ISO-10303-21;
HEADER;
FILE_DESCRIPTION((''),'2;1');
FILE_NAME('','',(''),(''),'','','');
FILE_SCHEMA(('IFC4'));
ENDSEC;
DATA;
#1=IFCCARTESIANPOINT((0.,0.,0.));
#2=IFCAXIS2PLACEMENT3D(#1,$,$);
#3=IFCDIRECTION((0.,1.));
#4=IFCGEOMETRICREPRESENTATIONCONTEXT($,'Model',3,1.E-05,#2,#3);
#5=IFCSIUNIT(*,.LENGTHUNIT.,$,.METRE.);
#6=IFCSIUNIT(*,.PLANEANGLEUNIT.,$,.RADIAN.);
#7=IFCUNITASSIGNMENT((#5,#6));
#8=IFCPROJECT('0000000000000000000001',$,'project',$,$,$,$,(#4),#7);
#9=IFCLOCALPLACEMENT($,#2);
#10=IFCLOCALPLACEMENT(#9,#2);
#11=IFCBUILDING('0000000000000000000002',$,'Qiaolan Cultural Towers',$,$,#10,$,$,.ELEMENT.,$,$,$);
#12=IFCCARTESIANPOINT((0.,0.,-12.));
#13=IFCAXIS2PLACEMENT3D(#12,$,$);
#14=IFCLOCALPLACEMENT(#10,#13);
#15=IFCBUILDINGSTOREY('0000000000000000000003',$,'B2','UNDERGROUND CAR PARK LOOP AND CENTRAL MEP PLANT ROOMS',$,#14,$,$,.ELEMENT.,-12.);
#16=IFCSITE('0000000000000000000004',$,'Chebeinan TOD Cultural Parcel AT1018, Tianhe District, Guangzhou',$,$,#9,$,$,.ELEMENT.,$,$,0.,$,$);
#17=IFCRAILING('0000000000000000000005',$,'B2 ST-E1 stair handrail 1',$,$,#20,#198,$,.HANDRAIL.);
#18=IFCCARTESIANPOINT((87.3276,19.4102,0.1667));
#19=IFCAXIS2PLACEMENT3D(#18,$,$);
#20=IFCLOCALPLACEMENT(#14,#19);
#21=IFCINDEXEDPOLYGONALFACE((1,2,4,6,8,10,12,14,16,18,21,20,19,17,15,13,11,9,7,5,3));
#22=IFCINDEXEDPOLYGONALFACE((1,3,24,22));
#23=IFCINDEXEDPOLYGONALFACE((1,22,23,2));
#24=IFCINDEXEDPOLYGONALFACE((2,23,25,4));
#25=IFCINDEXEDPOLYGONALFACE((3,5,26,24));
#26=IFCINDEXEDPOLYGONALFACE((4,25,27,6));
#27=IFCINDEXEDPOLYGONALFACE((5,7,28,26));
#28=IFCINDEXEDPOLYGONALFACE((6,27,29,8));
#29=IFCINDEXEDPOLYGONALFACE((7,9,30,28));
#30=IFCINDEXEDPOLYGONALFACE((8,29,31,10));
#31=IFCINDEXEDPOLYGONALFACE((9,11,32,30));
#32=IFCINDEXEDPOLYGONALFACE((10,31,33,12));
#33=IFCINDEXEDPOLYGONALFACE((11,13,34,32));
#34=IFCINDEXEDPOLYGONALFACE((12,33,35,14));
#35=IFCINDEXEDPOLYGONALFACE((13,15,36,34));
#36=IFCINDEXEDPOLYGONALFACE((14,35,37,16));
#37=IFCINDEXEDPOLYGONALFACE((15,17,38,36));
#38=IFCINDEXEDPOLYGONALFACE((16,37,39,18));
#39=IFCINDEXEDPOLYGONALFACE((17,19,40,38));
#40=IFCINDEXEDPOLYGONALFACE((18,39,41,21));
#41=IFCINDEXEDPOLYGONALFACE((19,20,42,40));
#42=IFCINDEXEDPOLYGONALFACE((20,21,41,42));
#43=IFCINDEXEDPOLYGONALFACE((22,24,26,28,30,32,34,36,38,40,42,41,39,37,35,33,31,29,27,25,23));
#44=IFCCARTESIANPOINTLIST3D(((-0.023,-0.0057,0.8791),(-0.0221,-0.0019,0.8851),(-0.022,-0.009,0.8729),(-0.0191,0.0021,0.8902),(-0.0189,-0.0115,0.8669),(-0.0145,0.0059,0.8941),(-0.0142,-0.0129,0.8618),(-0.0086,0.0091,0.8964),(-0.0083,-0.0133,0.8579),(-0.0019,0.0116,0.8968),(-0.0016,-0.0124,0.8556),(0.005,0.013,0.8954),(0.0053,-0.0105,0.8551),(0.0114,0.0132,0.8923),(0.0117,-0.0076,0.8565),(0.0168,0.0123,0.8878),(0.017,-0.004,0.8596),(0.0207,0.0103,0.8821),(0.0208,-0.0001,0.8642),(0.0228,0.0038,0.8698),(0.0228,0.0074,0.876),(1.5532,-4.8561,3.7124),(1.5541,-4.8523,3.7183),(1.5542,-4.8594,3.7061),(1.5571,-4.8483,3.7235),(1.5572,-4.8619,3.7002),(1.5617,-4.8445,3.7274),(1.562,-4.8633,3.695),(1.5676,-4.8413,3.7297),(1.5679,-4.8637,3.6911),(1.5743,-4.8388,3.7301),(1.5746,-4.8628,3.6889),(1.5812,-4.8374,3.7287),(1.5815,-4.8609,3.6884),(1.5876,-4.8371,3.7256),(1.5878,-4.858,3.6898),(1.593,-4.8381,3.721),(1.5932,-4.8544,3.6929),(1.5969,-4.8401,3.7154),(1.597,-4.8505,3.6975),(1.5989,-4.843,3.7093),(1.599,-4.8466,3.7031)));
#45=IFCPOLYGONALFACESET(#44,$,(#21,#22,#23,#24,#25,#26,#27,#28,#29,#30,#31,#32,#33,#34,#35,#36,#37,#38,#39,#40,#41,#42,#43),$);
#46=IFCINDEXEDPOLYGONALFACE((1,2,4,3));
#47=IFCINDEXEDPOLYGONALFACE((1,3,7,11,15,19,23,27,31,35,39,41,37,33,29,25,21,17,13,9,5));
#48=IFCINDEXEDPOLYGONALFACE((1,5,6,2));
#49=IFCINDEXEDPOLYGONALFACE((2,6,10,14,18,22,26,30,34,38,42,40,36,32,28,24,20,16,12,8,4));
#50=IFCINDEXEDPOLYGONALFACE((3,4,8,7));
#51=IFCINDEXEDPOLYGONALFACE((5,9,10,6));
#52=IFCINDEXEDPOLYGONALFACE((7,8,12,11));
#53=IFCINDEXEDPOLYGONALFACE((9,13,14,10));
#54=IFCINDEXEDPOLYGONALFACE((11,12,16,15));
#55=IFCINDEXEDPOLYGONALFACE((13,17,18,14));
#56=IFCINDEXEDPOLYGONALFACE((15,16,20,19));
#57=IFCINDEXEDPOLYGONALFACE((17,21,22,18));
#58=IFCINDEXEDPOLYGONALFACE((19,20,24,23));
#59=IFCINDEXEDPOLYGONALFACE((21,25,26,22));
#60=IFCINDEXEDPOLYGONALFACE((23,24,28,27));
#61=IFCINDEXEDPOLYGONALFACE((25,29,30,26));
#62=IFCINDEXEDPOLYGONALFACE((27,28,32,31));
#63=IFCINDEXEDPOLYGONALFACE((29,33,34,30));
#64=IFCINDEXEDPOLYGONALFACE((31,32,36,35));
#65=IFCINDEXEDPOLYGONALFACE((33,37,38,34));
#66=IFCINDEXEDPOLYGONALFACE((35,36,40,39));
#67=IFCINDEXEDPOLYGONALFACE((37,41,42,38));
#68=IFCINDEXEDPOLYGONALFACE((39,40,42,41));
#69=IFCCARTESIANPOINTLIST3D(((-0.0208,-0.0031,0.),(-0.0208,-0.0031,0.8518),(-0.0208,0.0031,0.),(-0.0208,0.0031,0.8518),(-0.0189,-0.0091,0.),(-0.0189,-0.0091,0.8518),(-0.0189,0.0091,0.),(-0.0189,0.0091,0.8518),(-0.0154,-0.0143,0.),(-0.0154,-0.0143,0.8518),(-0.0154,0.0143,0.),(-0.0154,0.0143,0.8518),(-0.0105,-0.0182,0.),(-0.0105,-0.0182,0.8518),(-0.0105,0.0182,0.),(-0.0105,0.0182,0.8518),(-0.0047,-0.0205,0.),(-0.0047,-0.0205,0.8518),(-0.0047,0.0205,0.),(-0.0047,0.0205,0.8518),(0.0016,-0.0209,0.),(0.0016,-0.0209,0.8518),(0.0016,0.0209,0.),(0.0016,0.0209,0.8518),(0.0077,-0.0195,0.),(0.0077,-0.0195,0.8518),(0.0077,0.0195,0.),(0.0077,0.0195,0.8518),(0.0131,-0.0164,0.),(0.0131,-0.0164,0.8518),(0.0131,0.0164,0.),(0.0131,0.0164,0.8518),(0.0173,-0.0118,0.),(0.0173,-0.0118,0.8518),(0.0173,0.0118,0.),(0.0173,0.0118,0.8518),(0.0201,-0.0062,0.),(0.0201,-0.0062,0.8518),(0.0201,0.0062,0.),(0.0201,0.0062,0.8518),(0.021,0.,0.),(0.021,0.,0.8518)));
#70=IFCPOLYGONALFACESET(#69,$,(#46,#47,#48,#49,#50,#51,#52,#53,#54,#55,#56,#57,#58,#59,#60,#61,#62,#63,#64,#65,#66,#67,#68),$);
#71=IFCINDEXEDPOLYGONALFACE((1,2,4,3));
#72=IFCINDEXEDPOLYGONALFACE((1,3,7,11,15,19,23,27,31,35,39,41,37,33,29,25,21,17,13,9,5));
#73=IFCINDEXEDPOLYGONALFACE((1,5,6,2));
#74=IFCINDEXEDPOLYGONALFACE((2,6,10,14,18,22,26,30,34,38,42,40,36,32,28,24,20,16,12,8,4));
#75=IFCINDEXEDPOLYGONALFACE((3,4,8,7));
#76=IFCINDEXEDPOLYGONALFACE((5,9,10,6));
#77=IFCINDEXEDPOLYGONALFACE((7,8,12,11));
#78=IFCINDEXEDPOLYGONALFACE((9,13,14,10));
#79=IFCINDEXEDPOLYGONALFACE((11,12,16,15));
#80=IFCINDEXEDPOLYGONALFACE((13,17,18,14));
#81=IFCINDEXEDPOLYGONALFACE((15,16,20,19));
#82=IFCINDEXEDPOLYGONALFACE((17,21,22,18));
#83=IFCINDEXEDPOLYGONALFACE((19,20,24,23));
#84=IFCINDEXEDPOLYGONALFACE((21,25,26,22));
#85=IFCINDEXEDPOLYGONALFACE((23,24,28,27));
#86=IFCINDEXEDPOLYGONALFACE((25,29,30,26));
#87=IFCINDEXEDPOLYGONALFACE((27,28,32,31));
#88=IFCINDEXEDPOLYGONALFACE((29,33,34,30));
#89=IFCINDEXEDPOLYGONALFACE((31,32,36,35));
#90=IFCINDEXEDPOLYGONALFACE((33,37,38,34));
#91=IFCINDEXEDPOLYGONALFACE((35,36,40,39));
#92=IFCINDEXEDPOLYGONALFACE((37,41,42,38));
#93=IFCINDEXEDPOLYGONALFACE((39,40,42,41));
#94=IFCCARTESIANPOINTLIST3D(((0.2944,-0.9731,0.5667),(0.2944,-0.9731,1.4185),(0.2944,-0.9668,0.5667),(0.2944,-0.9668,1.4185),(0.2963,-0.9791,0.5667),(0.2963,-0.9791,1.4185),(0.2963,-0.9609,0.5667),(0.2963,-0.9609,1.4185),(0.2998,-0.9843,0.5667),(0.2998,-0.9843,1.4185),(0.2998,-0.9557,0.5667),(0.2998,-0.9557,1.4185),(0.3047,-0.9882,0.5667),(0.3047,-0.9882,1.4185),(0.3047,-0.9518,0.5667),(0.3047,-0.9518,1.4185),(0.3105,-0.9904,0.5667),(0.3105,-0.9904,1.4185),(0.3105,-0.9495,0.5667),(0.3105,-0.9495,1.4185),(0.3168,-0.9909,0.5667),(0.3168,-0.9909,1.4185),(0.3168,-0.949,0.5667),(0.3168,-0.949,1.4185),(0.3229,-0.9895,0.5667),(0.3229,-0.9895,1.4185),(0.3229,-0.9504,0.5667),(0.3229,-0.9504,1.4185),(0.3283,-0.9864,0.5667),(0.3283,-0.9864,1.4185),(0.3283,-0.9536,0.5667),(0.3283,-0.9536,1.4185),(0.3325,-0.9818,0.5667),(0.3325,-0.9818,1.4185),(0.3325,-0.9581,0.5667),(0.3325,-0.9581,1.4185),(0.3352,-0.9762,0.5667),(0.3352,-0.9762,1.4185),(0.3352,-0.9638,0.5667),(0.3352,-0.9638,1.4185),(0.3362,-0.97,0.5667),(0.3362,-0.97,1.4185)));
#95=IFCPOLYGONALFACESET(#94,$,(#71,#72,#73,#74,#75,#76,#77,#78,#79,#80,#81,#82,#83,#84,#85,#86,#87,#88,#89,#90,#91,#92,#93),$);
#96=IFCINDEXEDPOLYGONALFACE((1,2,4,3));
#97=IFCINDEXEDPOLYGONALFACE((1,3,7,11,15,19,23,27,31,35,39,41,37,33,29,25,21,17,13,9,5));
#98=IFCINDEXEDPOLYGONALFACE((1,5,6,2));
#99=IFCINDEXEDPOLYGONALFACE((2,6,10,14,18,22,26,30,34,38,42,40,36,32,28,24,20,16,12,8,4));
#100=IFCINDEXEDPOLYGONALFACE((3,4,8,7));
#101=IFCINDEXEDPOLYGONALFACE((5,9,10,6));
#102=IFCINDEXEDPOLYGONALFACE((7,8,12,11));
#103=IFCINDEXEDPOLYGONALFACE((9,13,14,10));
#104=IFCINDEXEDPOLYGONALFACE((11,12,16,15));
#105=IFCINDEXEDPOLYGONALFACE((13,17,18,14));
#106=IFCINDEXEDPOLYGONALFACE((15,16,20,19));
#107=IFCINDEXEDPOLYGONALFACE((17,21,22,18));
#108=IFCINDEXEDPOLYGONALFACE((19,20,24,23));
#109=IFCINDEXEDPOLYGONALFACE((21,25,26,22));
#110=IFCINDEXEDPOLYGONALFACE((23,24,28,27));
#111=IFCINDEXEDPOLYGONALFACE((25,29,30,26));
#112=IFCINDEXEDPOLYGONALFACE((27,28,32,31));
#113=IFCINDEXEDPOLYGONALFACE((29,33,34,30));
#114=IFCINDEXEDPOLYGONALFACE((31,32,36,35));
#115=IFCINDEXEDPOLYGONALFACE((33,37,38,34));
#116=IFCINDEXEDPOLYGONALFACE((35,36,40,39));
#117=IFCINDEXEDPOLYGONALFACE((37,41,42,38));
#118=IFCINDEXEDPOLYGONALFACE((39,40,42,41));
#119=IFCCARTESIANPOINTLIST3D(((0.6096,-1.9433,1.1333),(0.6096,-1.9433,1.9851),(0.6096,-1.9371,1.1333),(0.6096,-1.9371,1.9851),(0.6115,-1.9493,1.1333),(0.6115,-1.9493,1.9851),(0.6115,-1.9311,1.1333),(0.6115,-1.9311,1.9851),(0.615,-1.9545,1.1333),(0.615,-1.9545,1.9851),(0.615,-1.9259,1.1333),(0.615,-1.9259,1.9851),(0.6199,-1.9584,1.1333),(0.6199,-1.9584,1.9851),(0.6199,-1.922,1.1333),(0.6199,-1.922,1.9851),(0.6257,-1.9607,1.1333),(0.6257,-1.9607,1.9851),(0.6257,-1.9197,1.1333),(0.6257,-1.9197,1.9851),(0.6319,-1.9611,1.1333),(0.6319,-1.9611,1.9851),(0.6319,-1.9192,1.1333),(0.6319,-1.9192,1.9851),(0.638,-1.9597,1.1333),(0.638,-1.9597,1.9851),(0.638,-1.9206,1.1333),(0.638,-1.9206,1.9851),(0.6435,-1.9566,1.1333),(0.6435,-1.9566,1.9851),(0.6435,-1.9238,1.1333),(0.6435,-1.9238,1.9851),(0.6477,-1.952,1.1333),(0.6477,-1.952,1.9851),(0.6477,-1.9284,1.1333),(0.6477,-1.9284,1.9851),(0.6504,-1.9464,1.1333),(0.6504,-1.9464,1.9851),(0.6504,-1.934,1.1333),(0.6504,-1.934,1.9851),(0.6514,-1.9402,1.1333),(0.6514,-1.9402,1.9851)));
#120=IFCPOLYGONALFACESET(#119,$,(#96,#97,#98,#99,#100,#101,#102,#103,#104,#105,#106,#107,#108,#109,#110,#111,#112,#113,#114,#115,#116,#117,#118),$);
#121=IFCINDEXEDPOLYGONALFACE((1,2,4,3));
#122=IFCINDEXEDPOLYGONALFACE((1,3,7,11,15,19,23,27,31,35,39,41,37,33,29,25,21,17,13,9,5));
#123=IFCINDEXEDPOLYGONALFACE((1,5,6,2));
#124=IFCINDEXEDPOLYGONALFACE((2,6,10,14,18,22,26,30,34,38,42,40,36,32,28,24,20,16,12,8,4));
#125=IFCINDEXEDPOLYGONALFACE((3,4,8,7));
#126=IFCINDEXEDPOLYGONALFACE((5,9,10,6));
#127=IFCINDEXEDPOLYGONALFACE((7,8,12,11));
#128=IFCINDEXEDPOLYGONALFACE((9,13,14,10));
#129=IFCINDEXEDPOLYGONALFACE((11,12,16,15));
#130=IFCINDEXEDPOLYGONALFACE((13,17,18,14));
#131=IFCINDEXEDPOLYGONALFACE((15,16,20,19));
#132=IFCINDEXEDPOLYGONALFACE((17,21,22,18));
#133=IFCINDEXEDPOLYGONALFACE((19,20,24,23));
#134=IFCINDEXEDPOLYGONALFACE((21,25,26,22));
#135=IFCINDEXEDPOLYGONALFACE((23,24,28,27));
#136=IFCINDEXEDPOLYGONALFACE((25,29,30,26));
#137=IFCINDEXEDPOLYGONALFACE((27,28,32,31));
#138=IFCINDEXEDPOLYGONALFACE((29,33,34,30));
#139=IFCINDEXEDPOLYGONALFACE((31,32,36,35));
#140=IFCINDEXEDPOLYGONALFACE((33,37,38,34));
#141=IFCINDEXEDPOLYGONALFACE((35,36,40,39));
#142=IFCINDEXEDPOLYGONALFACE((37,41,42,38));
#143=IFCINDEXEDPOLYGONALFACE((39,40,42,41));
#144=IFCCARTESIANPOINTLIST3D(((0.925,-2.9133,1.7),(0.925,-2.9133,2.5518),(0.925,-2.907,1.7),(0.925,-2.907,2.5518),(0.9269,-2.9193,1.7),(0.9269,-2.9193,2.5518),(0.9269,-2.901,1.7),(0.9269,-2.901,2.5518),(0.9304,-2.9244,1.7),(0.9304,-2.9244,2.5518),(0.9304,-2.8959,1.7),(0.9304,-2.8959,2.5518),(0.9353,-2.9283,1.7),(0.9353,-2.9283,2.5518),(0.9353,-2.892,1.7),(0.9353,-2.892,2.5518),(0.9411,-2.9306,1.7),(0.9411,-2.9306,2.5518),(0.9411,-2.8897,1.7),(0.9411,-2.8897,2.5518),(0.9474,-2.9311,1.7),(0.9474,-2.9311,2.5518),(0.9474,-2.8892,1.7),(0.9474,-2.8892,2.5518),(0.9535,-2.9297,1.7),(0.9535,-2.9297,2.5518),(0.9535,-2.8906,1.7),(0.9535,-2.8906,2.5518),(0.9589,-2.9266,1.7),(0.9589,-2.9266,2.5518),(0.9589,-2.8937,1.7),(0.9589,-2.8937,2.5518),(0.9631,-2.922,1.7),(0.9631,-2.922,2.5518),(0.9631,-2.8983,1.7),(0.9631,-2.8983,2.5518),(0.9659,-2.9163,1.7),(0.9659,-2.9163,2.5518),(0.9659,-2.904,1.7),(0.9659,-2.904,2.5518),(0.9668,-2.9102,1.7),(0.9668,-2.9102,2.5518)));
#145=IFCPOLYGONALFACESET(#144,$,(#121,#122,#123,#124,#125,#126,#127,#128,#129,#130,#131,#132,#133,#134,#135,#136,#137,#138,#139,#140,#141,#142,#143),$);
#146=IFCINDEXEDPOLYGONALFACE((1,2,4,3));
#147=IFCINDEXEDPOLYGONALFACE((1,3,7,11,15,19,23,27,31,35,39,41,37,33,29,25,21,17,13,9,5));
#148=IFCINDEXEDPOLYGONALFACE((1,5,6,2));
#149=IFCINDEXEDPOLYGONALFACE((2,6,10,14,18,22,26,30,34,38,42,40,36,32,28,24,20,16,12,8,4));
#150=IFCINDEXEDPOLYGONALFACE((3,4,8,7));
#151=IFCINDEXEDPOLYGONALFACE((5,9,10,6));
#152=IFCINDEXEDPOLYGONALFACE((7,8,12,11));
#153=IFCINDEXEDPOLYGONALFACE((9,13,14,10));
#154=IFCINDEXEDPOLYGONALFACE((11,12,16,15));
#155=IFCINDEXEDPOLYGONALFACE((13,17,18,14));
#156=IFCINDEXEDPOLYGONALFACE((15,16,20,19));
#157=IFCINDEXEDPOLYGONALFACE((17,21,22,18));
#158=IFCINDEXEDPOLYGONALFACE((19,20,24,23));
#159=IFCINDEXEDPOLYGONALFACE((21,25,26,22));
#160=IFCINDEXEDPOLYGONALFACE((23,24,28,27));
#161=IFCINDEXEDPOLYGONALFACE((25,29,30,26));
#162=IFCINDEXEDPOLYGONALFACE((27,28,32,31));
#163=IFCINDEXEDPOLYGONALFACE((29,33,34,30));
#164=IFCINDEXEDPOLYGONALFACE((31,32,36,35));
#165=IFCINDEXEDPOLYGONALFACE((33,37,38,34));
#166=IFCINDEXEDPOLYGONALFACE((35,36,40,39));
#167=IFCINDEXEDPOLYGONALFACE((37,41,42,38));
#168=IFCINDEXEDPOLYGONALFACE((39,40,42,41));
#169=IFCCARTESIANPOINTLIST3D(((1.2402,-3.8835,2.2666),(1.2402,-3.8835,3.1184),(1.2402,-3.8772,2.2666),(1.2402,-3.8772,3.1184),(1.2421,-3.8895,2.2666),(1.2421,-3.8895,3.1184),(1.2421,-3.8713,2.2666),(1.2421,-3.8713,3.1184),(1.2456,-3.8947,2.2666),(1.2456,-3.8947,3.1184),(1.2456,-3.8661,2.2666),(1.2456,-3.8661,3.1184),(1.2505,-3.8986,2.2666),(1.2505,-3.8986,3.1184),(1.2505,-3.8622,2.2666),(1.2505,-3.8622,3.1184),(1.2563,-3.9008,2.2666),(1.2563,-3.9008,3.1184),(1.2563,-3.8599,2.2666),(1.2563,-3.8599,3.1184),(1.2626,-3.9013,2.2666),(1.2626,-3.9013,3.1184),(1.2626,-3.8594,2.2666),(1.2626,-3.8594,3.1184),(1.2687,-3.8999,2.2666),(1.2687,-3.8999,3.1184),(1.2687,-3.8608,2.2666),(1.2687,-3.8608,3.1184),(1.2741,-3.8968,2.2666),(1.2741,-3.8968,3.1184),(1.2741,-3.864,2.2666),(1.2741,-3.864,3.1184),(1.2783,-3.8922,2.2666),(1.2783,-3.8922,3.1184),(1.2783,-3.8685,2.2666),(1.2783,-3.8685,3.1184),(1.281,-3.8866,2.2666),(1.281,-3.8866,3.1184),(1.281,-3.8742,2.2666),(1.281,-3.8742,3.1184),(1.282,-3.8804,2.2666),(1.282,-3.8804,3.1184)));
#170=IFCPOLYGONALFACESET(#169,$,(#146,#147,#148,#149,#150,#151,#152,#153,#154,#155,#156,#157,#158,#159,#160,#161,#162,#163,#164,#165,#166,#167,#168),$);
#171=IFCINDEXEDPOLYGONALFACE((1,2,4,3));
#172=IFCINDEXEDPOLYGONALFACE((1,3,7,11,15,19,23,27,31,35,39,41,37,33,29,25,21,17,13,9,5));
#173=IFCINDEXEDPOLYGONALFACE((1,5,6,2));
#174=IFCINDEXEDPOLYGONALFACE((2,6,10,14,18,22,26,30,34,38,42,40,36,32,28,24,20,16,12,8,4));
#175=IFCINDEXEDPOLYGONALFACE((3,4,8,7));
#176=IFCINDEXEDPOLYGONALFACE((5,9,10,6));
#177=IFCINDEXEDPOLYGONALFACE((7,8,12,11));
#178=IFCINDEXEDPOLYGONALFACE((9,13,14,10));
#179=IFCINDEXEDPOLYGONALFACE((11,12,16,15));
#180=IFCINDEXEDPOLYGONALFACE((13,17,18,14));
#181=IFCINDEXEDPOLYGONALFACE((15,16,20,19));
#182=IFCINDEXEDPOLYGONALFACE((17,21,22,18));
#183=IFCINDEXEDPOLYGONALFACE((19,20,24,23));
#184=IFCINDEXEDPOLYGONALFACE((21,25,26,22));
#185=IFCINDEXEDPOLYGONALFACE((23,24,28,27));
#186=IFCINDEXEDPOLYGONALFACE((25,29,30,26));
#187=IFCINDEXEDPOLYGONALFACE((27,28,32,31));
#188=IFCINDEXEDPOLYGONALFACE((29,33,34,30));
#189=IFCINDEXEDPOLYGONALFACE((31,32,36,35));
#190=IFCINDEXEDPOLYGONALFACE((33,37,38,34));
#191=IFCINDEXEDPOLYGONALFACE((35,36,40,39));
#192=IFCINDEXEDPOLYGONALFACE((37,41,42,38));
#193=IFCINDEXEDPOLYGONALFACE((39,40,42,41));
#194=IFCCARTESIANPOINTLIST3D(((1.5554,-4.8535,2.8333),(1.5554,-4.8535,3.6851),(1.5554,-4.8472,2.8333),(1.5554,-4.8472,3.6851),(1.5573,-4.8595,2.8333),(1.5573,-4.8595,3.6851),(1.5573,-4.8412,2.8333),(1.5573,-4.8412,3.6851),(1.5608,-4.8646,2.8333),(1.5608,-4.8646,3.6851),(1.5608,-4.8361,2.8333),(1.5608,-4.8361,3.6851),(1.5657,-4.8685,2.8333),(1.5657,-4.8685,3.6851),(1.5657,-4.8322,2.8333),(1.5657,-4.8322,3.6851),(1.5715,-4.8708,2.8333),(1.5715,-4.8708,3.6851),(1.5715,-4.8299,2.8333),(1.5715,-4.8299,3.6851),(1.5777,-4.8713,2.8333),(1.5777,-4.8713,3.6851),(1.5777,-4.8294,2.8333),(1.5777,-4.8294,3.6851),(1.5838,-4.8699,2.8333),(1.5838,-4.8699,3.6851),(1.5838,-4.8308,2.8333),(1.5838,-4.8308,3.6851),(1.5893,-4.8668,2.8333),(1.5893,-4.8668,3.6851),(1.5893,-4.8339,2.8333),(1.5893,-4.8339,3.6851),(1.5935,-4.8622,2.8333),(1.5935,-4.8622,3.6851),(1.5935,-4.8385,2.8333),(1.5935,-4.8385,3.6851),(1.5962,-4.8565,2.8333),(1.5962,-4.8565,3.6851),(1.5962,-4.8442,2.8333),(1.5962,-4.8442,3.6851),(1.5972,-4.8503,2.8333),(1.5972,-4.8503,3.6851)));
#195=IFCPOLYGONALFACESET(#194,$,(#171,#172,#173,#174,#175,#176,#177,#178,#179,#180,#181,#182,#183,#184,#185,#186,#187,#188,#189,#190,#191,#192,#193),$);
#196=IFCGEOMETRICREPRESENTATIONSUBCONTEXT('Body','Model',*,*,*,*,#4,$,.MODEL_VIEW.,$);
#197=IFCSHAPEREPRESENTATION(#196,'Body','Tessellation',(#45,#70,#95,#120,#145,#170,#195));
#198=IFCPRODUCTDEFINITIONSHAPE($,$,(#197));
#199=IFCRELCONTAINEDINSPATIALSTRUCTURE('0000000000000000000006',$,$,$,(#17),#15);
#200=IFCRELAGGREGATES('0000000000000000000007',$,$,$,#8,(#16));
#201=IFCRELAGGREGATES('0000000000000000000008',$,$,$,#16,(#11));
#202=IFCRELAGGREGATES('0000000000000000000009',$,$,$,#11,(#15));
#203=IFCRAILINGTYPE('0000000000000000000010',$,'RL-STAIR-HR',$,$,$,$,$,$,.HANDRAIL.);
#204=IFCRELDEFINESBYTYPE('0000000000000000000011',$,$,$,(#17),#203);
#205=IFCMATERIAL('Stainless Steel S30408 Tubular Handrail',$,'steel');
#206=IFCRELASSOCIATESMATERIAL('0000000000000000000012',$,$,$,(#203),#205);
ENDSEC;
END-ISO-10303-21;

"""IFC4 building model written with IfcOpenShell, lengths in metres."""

from ifc_helpers import new_model, si_unit, direction, frame, origin, origin_2d, place, context, subcontext, project, spatial, circle, extrude, material, type_object, element, save


model = new_model("IFC4")

# Units and contexts
model_context = context("Model", 3, precision=1e-05, world=origin(), true_north=direction((0.0, 1.0)))
body_context = subcontext(model_context, "Body", "Model", "MODEL_VIEW")
ifc_project = project(units=[si_unit("LENGTHUNIT", "METRE"), si_unit("PLANEANGLEUNIT", "RADIAN")], contexts=[model_context])

# Site, building, storey
site_placement = place(None, origin())
site = spatial("IfcSite", under=ifc_project, at=site_placement, Name="Chebeinan TOD Cultural Parcel AT1018, Tianhe District, Guangzhou", CompositionType="ELEMENT", RefElevation=0.0)
building_placement = place(site_placement, origin())
building = spatial("IfcBuilding", under=site, at=building_placement, Name="Qiaolan Cultural Towers", CompositionType="ELEMENT")
storey_placement = place(building_placement, frame((0.0, 0.0, -12.0)))
storey = spatial("IfcBuildingStorey", under=building, at=storey_placement, Name="B2", Description="UNDERGROUND CAR PARK LOOP AND CENTRAL MEP PLANT ROOMS", CompositionType="ELEMENT", Elevation=-12.0)

# Railing
ifc_material_1 = material(Name="Stainless Steel S30408 Tubular Handrail", Category="steel")
railing_type_1 = type_object("IfcRailingType", Name="RL-STAIR-HR", PredefinedType="HANDRAIL", material=ifc_material_1)
railing_1_placement = place(storey_placement, frame((87.3276, 19.4102, 0.1667)))
element("IfcRailing", 1, at=railing_1_placement, inside=storey, type_object=railing_type_1, Name="B2 ST-E1 stair handrail 1", PredefinedType="HANDRAIL", context=body_context, shape_type="SweptSolid", body=[
    extrude(circle(Radius=0.0239, at=origin_2d()), frame((0.0, 0.0, 0.876), z_axis=(0.270162, -0.831369, 0.485631), x_axis=(0.951045, 0.309053, 0.0)), (0.0, 0.0, 1.0), 5.8342),
    extrude(circle(Radius=0.021, at=origin_2d()), origin(), (0.0, 0.0, 1.0), 0.8518),
    extrude(circle(Radius=0.021, at=origin_2d()), frame((0.3152, -0.97, 0.5667)), (0.0, 0.0, 1.0), 0.8518),
    extrude(circle(Radius=0.021, at=origin_2d()), frame((0.6304, -1.9402, 1.1333)), (0.0, 0.0, 1.0), 0.8518),
    extrude(circle(Radius=0.021, at=origin_2d()), frame((0.9458, -2.9102, 1.7)), (0.0, 0.0, 1.0), 0.8518),
    extrude(circle(Radius=0.021, at=origin_2d()), frame((1.261, -3.8804, 2.2666)), (0.0, 0.0, 1.0), 0.8518),
    extrude(circle(Radius=0.021, at=origin_2d()), frame((1.5762, -4.8503, 2.8333)), (0.0, 0.0, 1.0), 0.8518),
])

save(model, "model.ifc")
